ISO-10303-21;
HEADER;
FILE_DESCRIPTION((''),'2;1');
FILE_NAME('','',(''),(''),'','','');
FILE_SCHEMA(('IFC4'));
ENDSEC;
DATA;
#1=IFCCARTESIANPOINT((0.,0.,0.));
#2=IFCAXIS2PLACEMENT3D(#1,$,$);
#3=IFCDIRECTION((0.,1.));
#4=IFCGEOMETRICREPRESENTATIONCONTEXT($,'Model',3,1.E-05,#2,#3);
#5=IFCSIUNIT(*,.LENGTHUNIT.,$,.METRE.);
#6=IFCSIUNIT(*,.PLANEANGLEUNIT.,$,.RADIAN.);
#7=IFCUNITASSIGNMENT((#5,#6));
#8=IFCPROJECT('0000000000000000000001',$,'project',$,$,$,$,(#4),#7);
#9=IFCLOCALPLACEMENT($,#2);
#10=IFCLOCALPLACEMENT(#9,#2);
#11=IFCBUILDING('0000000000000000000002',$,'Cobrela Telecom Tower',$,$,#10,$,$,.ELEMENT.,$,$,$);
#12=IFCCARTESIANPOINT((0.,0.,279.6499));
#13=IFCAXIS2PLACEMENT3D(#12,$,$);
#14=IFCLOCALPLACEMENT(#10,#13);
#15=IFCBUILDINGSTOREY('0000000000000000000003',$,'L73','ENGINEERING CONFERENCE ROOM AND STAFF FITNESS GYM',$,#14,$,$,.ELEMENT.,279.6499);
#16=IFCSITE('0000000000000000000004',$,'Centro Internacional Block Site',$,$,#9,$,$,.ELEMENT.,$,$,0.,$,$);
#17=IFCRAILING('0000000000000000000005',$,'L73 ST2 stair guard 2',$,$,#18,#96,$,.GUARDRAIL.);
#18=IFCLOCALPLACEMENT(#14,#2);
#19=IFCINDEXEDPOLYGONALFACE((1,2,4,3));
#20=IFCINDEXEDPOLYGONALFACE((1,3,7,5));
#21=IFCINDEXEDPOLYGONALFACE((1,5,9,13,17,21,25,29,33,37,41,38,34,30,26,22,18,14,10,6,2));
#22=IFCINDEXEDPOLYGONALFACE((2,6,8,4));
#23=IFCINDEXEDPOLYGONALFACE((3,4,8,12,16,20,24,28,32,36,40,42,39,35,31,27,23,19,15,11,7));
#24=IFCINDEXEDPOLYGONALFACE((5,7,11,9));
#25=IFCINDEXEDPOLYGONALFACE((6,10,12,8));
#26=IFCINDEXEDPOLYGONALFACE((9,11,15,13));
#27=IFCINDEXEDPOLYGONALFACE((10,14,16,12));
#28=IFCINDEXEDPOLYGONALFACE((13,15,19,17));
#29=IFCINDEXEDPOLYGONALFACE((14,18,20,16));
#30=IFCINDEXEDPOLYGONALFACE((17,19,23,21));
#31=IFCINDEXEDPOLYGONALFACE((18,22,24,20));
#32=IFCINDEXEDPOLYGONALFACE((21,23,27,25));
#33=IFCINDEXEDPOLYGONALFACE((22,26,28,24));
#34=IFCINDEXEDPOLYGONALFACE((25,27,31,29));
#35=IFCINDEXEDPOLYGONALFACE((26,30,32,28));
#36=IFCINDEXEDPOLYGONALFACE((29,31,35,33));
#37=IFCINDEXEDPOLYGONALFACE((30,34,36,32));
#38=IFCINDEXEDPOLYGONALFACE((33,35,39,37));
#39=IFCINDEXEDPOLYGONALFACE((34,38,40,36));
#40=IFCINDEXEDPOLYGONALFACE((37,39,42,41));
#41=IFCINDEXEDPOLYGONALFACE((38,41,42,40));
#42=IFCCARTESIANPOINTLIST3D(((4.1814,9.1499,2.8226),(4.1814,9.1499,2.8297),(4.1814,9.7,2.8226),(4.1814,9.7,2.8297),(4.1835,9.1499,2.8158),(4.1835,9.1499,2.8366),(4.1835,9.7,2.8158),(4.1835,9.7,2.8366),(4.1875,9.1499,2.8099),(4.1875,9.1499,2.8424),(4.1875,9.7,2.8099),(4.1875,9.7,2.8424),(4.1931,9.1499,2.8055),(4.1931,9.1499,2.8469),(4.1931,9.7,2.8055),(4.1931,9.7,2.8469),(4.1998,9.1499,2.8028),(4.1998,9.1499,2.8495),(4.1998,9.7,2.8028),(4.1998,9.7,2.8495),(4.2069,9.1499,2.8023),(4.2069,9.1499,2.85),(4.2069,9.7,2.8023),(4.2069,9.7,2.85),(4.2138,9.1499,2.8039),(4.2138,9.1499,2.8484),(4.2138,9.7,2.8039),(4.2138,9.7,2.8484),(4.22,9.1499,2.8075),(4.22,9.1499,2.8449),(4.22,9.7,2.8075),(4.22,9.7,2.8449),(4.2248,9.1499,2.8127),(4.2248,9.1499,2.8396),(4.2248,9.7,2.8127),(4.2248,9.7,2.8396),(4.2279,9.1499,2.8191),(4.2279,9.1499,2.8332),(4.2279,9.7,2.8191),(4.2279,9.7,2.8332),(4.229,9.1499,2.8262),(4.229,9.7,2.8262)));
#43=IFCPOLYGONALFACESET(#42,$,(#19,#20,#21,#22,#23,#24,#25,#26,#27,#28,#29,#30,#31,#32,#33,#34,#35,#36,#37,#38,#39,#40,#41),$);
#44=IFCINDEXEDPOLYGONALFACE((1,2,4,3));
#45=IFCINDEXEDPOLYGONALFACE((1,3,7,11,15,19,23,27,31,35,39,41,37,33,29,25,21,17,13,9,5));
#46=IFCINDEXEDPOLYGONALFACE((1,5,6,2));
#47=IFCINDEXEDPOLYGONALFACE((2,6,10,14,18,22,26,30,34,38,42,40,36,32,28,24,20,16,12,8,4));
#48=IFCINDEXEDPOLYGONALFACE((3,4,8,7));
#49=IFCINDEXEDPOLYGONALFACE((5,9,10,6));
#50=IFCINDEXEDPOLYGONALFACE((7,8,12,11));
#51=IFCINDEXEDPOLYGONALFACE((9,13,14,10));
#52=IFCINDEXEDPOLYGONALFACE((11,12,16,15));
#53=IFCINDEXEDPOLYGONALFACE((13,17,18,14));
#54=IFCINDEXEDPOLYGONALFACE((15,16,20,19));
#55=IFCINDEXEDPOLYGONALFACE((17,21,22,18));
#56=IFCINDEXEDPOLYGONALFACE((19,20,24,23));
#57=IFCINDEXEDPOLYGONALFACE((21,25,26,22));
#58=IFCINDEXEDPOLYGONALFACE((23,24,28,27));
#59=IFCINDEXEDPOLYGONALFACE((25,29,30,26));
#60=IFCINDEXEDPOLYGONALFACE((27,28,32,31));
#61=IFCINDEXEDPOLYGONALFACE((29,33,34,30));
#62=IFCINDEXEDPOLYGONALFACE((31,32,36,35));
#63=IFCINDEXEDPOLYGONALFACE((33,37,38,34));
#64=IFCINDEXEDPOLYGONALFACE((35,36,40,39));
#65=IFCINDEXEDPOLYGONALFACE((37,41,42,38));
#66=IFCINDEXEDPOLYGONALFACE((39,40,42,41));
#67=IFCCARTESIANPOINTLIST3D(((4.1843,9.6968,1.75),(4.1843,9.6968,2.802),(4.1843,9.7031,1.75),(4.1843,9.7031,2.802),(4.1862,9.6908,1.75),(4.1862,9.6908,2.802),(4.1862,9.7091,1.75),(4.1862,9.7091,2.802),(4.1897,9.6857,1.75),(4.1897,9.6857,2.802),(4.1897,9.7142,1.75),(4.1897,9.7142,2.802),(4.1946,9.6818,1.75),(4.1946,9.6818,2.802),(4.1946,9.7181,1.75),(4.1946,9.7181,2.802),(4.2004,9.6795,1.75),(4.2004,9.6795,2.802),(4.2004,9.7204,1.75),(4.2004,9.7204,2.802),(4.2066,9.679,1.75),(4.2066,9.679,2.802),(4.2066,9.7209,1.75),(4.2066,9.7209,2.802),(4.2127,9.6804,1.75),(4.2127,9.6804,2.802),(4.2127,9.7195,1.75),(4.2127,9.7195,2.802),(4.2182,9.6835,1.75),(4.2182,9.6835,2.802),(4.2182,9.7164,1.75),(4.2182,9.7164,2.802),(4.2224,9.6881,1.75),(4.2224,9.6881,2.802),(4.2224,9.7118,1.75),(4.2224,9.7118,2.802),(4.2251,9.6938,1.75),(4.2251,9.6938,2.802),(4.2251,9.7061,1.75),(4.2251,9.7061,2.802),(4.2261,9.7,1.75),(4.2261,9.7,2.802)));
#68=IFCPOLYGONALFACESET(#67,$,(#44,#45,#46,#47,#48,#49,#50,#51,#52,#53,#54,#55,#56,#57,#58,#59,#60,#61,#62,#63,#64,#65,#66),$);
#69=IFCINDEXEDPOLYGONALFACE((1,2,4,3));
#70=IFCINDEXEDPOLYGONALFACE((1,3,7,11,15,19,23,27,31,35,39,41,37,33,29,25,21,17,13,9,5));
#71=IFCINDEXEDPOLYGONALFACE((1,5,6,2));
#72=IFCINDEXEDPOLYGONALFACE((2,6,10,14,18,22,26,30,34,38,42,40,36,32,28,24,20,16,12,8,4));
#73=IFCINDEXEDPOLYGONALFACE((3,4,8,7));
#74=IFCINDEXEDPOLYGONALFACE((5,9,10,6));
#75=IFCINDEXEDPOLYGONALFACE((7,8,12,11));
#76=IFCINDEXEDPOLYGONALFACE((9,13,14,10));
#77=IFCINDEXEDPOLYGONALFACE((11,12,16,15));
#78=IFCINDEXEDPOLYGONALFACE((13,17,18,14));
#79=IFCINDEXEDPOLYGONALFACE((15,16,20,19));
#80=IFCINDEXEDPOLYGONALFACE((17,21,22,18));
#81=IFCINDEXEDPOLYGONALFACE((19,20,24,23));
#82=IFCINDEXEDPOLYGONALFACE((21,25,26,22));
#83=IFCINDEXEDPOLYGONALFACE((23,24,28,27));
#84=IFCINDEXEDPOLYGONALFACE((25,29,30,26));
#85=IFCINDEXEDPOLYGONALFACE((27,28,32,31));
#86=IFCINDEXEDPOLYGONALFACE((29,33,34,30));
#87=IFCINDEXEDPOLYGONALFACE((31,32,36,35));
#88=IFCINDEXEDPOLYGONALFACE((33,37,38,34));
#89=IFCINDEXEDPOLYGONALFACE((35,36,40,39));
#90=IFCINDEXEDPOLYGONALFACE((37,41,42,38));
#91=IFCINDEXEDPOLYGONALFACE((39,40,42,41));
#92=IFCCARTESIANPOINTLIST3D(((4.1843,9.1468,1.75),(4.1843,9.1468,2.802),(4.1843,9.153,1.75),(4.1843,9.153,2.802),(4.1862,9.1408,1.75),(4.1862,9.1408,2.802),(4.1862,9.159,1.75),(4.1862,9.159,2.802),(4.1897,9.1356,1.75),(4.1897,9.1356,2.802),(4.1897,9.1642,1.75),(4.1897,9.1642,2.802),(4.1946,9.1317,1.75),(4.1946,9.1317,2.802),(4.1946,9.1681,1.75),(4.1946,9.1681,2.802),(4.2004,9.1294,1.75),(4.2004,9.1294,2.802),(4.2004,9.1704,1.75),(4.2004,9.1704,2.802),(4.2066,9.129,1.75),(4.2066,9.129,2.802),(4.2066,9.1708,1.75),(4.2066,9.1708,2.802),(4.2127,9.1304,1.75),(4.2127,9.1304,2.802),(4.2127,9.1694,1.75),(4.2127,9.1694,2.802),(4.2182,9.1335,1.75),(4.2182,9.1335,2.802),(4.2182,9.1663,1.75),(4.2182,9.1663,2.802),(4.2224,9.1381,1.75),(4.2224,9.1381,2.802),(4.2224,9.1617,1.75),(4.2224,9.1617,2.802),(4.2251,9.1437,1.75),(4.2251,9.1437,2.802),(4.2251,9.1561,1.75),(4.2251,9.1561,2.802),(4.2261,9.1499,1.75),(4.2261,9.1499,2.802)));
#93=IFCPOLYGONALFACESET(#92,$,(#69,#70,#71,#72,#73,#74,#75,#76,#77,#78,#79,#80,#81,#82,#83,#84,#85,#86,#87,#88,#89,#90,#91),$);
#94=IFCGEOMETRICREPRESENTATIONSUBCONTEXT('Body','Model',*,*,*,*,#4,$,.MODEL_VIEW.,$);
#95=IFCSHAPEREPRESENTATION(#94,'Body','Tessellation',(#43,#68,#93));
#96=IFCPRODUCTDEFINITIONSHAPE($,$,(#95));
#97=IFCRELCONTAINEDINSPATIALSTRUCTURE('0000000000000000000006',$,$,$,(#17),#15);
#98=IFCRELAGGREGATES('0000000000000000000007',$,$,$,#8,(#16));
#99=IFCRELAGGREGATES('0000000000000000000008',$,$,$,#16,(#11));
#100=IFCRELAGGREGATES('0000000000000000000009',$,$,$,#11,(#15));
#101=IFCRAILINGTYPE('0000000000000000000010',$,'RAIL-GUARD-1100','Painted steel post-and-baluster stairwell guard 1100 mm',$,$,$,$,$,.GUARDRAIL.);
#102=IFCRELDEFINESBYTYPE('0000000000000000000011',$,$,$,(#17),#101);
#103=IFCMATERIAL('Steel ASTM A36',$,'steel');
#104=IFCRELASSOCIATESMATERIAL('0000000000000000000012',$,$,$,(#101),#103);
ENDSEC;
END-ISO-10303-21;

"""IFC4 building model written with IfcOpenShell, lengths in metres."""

from ifc_helpers import new_model, si_unit, direction, frame, origin, origin_2d, place, context, subcontext, project, spatial, circle, extrude, material, type_object, element, save


model = new_model("IFC4")

# Units and contexts
model_context = context("Model", 3, precision=1e-05, world=origin(), true_north=direction((0.0, 1.0)))
body_context = subcontext(model_context, "Body", "Model", "MODEL_VIEW")
ifc_project = project(units=[si_unit("LENGTHUNIT", "METRE"), si_unit("PLANEANGLEUNIT", "RADIAN")], contexts=[model_context])

# Site, building, storey
site_placement = place(None, origin())
site = spatial("IfcSite", under=ifc_project, at=site_placement, Name="Centro Internacional Block Site", CompositionType="ELEMENT", RefElevation=0.0)
building_placement = place(site_placement, origin())
building = spatial("IfcBuilding", under=site, at=building_placement, Name="Cobrela Telecom Tower", CompositionType="ELEMENT")
storey_placement = place(building_placement, frame((0.0, 0.0, 279.6499)))
storey = spatial("IfcBuildingStorey", under=building, at=storey_placement, Name="L73", Description="ENGINEERING CONFERENCE ROOM AND STAFF FITNESS GYM", CompositionType="ELEMENT", Elevation=279.6499)

# Shared definitions
ifc_material_1 = material(Name="Steel ASTM A36", Category="steel")

# Railing
railing_type = type_object("IfcRailingType", Name="RAIL-GUARD-1100", Description="Painted steel post-and-baluster stairwell guard 1100 mm", PredefinedType="GUARDRAIL", material=ifc_material_1)
railing_1_placement = place(storey_placement, frame((4.2051, 9.7, 1.75)))
element("IfcRailing", 1, at=railing_1_placement, inside=storey, type_object=railing_type, Name="L73 ST2 stair guard 2", PredefinedType="GUARDRAIL", context=body_context, shape_type="SweptSolid", body=[
    extrude(circle(Radius=0.0239, at=origin_2d()), frame((0.0, 0.0, 1.0762), z_axis=(0.0, -1.0, 0.0), x_axis=(1.0, 0.0, 0.0)), (0.0, 0.0, 1.0), 0.55),
    extrude(circle(Radius=0.021, at=origin_2d()), origin(), (0.0, 0.0, 1.0), 1.052),
    extrude(circle(Radius=0.021, at=origin_2d()), frame((0.0, -0.55, 0.0)), (0.0, 0.0, 1.0), 1.052),
])

save(model, "model.ifc")
